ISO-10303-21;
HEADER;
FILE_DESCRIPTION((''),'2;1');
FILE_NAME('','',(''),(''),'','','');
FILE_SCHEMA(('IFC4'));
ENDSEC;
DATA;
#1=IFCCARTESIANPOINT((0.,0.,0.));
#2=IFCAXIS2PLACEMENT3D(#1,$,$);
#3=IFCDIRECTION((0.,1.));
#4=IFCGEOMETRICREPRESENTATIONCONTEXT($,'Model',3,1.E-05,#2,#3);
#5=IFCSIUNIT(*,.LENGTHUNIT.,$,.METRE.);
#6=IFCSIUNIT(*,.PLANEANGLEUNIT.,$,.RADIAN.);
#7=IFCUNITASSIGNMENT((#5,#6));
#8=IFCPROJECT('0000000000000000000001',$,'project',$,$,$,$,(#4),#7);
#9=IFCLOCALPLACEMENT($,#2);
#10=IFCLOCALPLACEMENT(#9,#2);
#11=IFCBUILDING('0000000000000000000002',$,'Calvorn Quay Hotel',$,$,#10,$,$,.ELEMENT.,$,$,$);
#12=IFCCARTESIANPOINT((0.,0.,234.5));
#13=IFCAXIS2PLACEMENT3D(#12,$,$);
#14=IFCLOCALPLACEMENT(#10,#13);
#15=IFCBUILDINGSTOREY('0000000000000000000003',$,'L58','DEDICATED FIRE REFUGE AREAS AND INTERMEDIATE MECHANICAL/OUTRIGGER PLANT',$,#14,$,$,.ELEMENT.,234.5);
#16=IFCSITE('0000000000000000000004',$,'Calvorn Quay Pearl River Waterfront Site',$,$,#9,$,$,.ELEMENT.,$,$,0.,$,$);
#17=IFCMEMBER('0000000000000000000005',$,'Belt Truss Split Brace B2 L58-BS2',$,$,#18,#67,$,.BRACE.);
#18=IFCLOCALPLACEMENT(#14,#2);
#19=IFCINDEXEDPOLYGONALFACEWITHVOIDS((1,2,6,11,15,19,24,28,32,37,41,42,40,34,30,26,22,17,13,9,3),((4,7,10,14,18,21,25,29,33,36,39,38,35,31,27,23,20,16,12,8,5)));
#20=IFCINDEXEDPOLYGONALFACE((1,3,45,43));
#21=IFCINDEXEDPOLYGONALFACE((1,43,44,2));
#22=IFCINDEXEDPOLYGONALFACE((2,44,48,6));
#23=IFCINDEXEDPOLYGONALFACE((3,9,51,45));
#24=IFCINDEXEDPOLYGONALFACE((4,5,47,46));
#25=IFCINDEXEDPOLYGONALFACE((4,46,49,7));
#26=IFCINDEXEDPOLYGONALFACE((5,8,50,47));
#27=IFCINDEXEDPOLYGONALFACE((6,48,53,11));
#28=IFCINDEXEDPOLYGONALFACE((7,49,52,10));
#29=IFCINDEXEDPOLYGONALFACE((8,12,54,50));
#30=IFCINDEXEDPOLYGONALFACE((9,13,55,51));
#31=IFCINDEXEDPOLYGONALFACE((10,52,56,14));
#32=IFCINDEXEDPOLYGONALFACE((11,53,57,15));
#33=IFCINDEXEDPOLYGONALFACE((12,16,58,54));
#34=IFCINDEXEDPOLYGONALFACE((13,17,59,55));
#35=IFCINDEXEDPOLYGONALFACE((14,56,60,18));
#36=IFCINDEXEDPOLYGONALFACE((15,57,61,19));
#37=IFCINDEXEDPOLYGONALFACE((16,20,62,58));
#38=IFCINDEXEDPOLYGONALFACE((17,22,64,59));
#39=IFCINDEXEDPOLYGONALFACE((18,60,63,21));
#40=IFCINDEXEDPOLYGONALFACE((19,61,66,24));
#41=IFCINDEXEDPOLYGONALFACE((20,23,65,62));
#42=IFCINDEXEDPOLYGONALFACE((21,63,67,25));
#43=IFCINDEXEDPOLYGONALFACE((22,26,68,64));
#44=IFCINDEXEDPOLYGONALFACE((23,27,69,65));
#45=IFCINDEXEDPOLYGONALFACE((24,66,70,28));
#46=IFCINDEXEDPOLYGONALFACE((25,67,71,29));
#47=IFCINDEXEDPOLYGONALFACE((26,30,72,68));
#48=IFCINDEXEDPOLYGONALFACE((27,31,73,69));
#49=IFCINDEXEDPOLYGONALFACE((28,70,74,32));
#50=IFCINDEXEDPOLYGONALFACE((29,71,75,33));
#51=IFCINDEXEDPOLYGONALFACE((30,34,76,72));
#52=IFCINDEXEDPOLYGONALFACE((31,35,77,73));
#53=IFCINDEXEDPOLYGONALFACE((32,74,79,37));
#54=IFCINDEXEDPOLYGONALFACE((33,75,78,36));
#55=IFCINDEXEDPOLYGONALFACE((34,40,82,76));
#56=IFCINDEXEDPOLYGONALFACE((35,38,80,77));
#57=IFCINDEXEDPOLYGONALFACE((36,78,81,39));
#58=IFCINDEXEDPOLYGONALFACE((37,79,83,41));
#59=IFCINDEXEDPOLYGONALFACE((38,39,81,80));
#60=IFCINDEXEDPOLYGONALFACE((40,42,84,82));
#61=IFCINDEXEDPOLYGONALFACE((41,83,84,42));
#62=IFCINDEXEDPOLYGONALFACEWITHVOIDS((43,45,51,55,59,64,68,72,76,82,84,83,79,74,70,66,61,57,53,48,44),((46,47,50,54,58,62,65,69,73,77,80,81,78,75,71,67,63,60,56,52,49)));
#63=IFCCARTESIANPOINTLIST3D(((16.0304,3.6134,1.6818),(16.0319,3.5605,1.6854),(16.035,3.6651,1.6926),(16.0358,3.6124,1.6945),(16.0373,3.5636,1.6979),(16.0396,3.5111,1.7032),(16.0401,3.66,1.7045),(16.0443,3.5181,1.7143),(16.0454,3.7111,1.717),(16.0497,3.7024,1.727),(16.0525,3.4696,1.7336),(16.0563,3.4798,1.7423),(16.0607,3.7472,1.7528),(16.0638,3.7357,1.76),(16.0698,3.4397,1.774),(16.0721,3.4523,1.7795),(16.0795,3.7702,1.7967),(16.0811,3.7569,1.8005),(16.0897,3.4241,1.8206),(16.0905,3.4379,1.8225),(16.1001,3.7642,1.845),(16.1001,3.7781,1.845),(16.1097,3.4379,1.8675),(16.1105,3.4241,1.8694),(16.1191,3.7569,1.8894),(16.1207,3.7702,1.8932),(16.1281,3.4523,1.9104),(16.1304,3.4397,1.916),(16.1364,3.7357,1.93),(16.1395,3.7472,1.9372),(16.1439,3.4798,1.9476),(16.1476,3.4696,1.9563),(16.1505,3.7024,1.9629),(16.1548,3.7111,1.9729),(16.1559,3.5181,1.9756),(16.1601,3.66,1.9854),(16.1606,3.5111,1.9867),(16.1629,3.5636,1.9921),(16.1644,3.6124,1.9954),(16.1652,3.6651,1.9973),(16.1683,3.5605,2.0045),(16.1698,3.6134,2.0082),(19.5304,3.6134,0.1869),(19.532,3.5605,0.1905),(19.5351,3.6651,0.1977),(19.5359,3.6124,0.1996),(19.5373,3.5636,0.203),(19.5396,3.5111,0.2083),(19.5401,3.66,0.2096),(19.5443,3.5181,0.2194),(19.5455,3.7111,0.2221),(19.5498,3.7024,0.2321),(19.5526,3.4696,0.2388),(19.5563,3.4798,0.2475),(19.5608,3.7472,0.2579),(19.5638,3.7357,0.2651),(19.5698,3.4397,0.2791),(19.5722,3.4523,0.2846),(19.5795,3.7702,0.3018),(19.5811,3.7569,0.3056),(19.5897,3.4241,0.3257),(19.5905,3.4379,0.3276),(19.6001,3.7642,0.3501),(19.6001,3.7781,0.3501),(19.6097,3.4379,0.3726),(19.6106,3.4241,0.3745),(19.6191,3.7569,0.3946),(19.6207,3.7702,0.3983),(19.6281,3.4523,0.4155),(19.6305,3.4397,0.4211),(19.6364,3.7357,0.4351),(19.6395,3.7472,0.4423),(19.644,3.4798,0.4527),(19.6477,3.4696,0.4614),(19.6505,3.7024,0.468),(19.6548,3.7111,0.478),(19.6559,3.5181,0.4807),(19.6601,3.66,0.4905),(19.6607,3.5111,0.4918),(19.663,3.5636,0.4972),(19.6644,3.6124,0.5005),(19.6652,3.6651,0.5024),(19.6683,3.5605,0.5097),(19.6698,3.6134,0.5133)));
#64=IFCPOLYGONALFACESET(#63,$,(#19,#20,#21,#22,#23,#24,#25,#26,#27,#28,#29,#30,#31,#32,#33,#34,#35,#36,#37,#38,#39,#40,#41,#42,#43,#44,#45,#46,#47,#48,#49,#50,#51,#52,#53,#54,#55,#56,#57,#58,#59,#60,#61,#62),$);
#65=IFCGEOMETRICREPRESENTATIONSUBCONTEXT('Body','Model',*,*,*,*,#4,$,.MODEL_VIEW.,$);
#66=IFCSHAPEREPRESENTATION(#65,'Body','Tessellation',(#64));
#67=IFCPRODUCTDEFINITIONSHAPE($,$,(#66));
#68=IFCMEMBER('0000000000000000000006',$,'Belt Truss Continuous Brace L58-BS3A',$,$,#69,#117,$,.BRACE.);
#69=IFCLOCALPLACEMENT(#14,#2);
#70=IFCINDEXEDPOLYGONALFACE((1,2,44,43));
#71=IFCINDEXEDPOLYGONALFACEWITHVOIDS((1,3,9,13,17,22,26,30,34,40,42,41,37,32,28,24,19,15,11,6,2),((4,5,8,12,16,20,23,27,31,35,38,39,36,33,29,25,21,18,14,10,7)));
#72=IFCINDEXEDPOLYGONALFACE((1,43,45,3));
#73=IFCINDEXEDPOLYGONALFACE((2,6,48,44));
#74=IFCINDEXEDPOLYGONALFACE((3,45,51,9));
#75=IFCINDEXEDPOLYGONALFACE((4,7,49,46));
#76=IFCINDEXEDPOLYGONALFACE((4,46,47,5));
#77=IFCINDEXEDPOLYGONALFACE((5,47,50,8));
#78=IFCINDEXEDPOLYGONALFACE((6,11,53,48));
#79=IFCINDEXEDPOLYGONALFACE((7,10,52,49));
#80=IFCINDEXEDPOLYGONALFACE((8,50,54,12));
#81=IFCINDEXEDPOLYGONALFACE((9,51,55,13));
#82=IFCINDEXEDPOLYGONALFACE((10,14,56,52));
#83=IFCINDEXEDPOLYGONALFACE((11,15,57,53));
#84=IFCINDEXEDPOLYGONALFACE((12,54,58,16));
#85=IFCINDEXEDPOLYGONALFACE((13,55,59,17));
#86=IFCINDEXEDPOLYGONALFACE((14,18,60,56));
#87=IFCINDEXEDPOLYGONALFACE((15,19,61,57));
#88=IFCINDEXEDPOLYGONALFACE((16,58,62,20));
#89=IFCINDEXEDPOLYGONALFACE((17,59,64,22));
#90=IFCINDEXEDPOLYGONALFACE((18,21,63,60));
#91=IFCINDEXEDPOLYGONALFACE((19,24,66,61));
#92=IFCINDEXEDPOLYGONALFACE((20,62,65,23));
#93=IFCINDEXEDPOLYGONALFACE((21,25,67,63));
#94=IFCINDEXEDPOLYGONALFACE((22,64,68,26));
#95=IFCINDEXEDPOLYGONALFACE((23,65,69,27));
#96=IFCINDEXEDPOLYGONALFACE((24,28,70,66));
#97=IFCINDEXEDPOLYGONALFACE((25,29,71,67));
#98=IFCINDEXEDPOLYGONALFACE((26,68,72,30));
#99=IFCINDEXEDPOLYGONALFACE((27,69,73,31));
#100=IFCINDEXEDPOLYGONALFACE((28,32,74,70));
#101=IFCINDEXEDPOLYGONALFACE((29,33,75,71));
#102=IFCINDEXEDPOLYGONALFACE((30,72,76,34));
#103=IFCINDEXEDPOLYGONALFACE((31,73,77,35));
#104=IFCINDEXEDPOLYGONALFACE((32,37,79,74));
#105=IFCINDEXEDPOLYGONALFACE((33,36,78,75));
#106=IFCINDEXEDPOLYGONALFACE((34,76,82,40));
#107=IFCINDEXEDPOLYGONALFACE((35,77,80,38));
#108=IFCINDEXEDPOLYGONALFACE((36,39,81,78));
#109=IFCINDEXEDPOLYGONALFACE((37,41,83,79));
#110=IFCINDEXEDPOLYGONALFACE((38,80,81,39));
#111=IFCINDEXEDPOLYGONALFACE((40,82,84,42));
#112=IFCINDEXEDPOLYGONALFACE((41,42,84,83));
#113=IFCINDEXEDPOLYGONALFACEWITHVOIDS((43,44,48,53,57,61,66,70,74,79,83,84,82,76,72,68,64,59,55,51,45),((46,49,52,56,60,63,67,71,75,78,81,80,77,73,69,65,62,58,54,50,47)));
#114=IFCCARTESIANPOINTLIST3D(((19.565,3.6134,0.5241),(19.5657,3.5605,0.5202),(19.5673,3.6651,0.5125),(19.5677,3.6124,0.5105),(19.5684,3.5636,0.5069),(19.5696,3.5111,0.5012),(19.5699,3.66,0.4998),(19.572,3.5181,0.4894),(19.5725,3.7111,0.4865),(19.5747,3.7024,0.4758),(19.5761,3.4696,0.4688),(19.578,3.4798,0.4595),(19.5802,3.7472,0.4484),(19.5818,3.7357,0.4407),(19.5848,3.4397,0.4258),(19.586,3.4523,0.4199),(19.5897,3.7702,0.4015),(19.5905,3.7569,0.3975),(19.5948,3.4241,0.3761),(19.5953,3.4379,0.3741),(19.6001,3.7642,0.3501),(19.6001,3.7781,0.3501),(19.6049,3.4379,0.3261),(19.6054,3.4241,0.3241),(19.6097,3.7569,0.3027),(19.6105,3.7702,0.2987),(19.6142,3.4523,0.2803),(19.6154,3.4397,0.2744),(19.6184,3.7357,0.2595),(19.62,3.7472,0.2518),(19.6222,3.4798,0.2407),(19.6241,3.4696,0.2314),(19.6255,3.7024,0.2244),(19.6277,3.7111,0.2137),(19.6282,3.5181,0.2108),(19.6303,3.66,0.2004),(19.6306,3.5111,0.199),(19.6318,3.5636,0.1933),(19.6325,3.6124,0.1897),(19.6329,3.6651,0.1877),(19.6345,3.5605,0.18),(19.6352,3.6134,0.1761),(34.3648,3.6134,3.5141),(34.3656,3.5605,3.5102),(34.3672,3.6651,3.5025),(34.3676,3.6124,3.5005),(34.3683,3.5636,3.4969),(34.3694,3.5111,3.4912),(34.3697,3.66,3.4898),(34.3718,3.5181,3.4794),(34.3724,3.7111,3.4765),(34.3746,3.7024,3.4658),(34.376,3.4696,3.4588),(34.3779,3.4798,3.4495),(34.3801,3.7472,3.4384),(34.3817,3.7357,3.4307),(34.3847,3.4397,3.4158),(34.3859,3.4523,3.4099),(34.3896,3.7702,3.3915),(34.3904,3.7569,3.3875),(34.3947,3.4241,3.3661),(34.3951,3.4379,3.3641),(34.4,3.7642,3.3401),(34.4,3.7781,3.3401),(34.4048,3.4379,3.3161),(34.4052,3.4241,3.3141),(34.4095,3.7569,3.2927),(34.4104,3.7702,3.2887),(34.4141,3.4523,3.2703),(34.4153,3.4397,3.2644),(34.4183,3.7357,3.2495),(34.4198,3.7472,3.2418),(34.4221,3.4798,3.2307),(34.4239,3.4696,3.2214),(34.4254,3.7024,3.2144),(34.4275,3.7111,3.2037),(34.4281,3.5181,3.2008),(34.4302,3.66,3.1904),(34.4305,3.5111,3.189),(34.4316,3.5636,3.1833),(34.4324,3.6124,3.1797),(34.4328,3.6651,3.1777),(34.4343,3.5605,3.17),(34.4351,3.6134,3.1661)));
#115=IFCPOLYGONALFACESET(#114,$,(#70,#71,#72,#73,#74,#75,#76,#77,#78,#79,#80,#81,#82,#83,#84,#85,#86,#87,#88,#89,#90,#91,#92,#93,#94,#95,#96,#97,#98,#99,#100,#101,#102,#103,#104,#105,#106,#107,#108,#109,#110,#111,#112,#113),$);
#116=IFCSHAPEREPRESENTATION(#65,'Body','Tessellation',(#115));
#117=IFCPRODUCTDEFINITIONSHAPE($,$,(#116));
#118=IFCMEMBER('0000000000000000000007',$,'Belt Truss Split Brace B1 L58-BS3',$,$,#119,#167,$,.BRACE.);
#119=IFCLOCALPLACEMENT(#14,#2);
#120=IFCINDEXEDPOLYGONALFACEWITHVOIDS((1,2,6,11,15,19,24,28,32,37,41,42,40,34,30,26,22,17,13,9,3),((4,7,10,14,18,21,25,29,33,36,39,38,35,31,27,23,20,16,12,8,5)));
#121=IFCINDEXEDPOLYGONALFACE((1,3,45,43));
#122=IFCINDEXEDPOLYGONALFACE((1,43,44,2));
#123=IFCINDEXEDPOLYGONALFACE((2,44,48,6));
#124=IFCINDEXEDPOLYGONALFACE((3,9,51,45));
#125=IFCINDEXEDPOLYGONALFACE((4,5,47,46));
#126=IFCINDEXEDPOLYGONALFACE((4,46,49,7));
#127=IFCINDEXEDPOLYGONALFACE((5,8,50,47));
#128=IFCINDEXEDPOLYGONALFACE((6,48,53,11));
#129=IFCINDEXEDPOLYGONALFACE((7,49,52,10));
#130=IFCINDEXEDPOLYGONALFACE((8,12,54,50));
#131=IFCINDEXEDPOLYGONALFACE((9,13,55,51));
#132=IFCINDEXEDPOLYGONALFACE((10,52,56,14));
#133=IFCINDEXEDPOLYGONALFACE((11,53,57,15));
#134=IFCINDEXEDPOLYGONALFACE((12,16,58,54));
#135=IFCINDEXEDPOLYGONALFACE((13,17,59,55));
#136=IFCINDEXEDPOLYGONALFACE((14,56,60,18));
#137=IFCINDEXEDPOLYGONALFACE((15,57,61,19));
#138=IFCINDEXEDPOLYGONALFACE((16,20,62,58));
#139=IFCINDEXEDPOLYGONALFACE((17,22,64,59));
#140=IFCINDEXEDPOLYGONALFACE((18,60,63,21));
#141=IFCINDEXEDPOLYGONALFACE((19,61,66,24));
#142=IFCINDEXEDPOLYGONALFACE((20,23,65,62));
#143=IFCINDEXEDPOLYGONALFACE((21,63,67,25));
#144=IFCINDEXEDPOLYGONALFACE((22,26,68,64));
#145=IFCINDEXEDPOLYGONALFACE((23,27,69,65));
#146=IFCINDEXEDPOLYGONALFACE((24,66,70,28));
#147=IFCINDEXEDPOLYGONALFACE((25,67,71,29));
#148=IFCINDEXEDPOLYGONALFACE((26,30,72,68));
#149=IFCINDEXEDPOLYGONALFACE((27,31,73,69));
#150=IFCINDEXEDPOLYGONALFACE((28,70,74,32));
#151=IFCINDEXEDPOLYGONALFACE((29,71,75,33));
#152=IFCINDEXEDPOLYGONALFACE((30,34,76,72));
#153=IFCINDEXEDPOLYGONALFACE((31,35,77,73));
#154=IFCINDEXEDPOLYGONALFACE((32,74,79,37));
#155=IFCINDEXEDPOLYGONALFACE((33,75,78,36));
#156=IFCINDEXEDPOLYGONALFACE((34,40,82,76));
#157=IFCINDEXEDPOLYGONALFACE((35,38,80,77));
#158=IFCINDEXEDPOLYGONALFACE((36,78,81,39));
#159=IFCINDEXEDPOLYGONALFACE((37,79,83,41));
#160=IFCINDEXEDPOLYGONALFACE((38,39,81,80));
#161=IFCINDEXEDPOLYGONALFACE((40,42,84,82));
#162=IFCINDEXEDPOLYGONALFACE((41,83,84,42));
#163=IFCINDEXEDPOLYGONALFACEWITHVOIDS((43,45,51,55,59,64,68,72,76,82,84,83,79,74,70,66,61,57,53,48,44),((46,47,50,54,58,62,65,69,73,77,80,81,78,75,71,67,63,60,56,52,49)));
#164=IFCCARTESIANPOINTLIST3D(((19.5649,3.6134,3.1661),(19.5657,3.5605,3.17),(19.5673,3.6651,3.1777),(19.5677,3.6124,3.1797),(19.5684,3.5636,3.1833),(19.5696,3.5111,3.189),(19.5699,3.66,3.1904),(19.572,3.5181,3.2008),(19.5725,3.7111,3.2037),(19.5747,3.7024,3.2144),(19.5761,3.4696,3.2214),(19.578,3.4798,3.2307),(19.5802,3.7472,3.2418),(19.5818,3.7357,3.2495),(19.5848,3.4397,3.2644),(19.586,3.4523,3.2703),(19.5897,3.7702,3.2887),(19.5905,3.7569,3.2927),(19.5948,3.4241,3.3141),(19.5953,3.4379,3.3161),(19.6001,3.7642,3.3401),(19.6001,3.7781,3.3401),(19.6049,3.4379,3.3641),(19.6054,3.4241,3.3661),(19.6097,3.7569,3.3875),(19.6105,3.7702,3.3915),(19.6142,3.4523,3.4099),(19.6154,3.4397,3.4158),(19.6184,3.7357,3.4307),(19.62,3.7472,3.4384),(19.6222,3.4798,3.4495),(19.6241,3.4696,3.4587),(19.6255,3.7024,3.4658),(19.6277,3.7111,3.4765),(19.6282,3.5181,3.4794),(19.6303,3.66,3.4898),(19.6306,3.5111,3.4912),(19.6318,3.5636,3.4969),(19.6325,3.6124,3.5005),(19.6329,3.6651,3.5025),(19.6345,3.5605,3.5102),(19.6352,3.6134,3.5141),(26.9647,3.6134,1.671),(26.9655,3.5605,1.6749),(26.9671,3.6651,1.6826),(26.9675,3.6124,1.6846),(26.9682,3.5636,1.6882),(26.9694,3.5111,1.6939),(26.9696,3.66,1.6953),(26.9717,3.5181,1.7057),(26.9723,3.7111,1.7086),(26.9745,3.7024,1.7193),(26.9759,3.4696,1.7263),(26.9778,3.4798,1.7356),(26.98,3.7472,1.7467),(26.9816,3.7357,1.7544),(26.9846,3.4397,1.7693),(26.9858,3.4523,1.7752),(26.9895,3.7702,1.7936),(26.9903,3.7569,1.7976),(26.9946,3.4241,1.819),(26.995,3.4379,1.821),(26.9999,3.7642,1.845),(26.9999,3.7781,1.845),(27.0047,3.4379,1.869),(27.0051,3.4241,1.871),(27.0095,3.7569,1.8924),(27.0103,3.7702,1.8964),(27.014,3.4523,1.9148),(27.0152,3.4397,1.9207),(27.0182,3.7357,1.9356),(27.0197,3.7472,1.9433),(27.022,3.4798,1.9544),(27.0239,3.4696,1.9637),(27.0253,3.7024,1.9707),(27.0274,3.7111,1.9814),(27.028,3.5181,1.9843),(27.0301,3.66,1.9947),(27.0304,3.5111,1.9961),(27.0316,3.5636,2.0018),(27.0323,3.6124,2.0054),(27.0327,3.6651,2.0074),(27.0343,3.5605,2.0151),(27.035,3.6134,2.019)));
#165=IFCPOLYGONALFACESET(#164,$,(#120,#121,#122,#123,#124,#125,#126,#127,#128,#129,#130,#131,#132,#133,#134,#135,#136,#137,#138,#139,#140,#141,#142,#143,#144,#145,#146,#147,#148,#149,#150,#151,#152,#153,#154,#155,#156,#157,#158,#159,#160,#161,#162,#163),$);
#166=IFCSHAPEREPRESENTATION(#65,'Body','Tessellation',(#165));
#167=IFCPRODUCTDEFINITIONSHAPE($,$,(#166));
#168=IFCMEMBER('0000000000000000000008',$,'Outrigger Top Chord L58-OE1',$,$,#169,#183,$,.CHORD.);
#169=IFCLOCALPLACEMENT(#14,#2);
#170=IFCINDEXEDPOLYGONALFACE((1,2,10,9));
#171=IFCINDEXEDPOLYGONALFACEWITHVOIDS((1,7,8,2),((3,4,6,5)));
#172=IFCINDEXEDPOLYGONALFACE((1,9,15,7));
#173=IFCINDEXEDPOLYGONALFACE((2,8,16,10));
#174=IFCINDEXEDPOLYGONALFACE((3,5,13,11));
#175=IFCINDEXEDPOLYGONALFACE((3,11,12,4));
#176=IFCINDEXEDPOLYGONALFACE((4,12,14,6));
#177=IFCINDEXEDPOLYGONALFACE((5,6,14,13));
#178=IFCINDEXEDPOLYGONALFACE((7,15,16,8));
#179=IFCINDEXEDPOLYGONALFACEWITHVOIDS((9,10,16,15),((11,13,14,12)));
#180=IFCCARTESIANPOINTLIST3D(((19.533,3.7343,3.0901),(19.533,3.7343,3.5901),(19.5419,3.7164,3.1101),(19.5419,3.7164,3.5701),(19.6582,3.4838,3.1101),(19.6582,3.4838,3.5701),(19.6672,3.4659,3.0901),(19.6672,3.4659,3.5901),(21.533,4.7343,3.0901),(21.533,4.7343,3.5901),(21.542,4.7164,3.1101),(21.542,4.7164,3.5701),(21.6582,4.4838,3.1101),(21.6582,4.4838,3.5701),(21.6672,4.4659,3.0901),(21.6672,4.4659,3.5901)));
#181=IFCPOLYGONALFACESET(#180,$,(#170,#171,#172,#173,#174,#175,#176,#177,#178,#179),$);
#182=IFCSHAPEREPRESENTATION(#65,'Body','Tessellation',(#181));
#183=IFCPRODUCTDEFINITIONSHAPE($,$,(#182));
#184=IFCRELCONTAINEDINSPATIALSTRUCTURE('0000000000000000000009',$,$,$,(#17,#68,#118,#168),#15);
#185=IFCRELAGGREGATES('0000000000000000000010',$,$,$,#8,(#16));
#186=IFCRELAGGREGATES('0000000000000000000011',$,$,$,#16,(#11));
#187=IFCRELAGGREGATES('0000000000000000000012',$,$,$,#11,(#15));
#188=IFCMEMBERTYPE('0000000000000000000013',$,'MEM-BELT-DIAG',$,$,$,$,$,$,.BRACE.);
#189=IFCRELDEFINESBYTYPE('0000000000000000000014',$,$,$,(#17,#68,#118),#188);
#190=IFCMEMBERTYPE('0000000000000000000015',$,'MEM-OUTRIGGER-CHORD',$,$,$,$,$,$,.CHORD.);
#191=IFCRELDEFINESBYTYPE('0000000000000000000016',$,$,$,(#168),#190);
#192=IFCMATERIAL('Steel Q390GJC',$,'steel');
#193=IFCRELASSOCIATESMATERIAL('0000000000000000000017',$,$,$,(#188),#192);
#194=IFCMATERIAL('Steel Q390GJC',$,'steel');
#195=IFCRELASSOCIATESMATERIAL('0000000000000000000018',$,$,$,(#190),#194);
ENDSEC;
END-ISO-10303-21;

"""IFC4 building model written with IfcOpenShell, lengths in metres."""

from ifc_helpers import new_model, si_unit, direction, frame, origin, origin_2d, place, context, subcontext, project, spatial, hollow_rectangle, hollow_circle, extrude, material, material_profile, profile_set, type_object, element, save


model = new_model("IFC4")

# Units and contexts
model_context = context("Model", 3, precision=1e-05, world=origin(), true_north=direction((0.0, 1.0)))
body_context = subcontext(model_context, "Body", "Model", "MODEL_VIEW")
ifc_project = project(units=[si_unit("LENGTHUNIT", "METRE"), si_unit("PLANEANGLEUNIT", "RADIAN")], contexts=[model_context])

# Site, building, storey
site_placement = place(None, origin())
site = spatial("IfcSite", under=ifc_project, at=site_placement, Name="Calvorn Quay Pearl River Waterfront Site", CompositionType="ELEMENT", RefElevation=0.0)
building_placement = place(site_placement, origin())
building = spatial("IfcBuilding", under=site, at=building_placement, Name="Calvorn Quay Hotel", CompositionType="ELEMENT")
storey_placement = place(building_placement, frame((0.0, 0.0, 234.5)))
storey = spatial("IfcBuildingStorey", under=building, at=storey_placement, Name="L58", Description="DEDICATED FIRE REFUGE AREAS AND INTERMEDIATE MECHANICAL/OUTRIGGER PLANT", CompositionType="ELEMENT", Elevation=234.5)

# Members
ifc_material_1 = material(Name="Steel Q390GJC", Category="steel")
ifc_material_profile_1 = material_profile(ifc_material_1, hollow_circle(Radius=0.178, WallThickness=0.0139, at=origin_2d()), Name="CHS356x14")
ifc_profile_set_1 = profile_set([ifc_material_profile_1], Name="Steel Q390GJC")
member_type_1 = type_object("IfcMemberType", Name="MEM-BELT-DIAG", PredefinedType="BRACE", material=ifc_profile_set_1)
member_1_placement = place(storey_placement, frame((16.1001, 3.6001, 1.845), z_axis=(0.919632, 0.0, -0.392781), x_axis=(0.0, 1.0, 0.0)))
element("IfcMember", 1, at=member_1_placement, inside=storey, type_object=member_type_1, Name="Belt Truss Split Brace B2 L58-BS2", PredefinedType="BRACE", context=body_context, shape_type="SweptSolid", body=[
    extrude(hollow_circle(Radius=0.178, WallThickness=0.0139, at=origin_2d()), origin(), (0.0, 0.0, 1.0), 3.8059),
])
member_2_placement = place(storey_placement, frame((19.6001, 3.6001, 0.3501), z_axis=(0.980196, 0.0, 0.198028), x_axis=(0.0, 1.0, 0.0)))
element("IfcMember", 2, at=member_2_placement, inside=storey, type_object=member_type_1, Name="Belt Truss Continuous Brace L58-BS3A", PredefinedType="BRACE", context=body_context, shape_type="SweptSolid", body=[
    extrude(hollow_circle(Radius=0.178, WallThickness=0.0139, at=origin_2d()), origin(), (0.0, 0.0, 1.0), 15.0989),
])
member_3_placement = place(storey_placement, frame((19.6001, 3.6001, 3.3401), z_axis=(0.980193, 0.0, -0.198044), x_axis=(0.0, 1.0, 0.0)))
element("IfcMember", 3, at=member_3_placement, inside=storey, type_object=member_type_1, Name="Belt Truss Split Brace B1 L58-BS3", PredefinedType="BRACE", context=body_context, shape_type="SweptSolid", body=[
    extrude(hollow_circle(Radius=0.178, WallThickness=0.0139, at=origin_2d()), origin(), (0.0, 0.0, 1.0), 7.5493),
])
ifc_material_2 = material(Name="Steel Q390GJC", Category="steel")
ifc_material_profile_2 = material_profile(ifc_material_2, hollow_rectangle(XDim=0.3, YDim=0.5, WallThickness=0.02, at=origin_2d()), Name="RHS500x300x20")
ifc_profile_set_2 = profile_set([ifc_material_profile_2], Name="Steel Q390GJC")
member_type_2 = type_object("IfcMemberType", Name="MEM-OUTRIGGER-CHORD", PredefinedType="CHORD", material=ifc_profile_set_2)
member_4_placement = place(storey_placement, frame((21.6001, 4.6001, 3.3401), z_axis=(-0.894427, -0.447214, 0.0), x_axis=(0.447214, -0.894427, 0.0)))
element("IfcMember", 4, at=member_4_placement, inside=storey, type_object=member_type_2, Name="Outrigger Top Chord L58-OE1", PredefinedType="CHORD", context=body_context, shape_type="SweptSolid", body=[
    extrude(hollow_rectangle(XDim=0.3, YDim=0.5, WallThickness=0.02, at=origin_2d()), origin(), (0.0, 0.0, 1.0), 2.2361),
])

save(model, "model.ifc")
